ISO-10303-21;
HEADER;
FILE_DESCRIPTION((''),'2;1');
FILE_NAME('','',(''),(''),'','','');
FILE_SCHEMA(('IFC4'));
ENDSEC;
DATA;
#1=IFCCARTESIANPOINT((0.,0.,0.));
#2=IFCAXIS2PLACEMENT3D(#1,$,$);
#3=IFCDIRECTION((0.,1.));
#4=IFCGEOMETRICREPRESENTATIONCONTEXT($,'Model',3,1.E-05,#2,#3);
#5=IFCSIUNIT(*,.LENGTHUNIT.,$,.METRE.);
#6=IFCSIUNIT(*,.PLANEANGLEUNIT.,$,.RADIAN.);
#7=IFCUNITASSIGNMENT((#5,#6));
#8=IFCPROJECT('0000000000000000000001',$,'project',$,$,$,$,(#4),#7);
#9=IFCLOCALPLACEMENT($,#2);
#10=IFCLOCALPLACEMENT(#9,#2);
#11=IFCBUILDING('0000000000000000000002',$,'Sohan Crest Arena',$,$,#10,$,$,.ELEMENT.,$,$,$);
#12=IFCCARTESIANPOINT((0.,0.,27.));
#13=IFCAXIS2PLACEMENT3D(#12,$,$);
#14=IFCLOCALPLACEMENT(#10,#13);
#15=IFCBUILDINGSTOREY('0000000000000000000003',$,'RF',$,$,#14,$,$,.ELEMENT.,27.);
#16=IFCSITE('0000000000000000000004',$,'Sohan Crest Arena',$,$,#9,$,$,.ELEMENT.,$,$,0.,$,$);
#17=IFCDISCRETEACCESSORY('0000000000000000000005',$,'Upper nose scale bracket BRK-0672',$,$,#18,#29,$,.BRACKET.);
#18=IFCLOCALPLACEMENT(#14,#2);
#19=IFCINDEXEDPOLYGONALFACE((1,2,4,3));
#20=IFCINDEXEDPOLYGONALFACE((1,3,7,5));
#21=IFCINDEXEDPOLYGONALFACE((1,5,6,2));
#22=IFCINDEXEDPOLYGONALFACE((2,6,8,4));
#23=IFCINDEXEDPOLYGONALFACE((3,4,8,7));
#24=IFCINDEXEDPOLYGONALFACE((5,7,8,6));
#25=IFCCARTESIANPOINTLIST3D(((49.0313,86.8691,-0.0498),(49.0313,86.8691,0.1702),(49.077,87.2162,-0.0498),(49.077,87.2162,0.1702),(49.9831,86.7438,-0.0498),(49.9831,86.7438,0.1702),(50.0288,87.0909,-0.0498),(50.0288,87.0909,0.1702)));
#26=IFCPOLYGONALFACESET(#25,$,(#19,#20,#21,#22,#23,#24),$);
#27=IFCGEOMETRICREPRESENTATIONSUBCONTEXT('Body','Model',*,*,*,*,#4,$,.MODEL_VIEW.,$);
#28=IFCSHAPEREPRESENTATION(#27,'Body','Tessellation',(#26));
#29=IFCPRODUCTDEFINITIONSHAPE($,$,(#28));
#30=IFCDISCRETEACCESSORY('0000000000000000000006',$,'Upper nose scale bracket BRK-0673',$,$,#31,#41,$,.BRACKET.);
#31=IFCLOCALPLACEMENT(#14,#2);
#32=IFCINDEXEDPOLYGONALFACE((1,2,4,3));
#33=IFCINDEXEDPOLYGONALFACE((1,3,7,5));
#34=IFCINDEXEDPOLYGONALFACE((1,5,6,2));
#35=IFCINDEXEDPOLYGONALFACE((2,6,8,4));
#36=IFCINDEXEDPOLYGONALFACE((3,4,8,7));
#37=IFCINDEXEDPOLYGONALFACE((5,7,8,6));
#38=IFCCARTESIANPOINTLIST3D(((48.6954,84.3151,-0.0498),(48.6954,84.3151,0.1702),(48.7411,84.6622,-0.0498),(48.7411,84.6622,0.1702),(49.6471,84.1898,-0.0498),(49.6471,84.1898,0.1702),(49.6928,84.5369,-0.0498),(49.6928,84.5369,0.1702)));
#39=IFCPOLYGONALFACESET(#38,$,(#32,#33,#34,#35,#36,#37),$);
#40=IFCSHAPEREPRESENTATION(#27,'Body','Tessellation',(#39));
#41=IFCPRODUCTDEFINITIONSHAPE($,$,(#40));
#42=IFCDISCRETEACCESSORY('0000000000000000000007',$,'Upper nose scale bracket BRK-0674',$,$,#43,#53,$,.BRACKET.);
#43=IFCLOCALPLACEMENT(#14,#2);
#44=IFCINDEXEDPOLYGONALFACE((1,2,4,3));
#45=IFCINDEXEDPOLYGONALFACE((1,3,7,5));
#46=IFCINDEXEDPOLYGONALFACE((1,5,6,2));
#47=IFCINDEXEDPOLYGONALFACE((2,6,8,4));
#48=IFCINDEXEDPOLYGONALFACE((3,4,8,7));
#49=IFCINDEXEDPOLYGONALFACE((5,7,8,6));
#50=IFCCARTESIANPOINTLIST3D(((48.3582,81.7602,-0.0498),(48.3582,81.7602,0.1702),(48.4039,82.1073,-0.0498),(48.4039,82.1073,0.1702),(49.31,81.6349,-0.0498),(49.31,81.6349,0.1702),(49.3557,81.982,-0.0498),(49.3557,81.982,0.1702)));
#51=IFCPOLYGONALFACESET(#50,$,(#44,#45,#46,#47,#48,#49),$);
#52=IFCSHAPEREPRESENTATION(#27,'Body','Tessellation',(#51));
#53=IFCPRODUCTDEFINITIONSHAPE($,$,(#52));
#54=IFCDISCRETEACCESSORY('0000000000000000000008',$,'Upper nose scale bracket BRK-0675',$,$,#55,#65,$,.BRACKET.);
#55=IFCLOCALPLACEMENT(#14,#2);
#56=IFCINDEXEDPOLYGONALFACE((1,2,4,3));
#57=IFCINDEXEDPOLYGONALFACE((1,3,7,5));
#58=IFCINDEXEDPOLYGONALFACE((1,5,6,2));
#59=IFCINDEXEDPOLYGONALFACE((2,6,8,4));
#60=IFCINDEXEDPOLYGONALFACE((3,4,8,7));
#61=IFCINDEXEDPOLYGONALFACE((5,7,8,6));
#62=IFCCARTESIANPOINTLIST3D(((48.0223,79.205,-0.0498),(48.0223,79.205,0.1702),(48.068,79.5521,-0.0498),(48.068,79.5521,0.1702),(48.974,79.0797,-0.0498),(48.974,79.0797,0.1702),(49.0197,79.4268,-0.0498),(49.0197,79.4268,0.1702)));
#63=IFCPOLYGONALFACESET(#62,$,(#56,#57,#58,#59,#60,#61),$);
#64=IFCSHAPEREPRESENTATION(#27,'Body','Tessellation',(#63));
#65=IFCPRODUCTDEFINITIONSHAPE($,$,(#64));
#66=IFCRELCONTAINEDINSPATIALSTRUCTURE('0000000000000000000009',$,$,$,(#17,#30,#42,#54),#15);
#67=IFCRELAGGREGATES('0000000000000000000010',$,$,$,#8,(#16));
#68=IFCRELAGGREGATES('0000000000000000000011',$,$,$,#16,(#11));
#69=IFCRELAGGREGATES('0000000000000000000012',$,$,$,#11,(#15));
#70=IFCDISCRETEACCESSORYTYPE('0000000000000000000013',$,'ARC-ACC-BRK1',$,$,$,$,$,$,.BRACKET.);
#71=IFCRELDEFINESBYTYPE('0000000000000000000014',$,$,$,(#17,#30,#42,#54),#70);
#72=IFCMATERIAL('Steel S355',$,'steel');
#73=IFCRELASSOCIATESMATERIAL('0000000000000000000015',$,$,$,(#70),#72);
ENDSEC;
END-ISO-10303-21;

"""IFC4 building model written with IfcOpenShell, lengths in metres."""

from ifc_helpers import new_model, si_unit, direction, frame, origin, origin_2d, place, context, subcontext, project, spatial, rectangle, extrude, material, type_object, element, save


model = new_model("IFC4")

# Units and contexts
model_context = context("Model", 3, precision=1e-05, world=origin(), true_north=direction((0.0, 1.0)))
body_context = subcontext(model_context, "Body", "Model", "MODEL_VIEW")
ifc_project = project(units=[si_unit("LENGTHUNIT", "METRE"), si_unit("PLANEANGLEUNIT", "RADIAN")], contexts=[model_context])

# Site, building, storey
site_placement = place(None, origin())
site = spatial("IfcSite", under=ifc_project, at=site_placement, Name="Sohan Crest Arena", CompositionType="ELEMENT", RefElevation=0.0)
building_placement = place(site_placement, origin())
building = spatial("IfcBuilding", under=site, at=building_placement, Name="Sohan Crest Arena", CompositionType="ELEMENT")
storey_placement = place(building_placement, frame((0.0, 0.0, 27.0)))
storey = spatial("IfcBuildingStorey", under=building, at=storey_placement, Name="RF", CompositionType="ELEMENT", Elevation=27.0)

# Shared definitions
ifc_material_1 = material(Name="Steel S355", Category="steel")

# Discrete accessories
discrete_accessory_type = type_object("IfcDiscreteAccessoryType", Name="ARC-ACC-BRK1", PredefinedType="BRACKET", material=ifc_material_1)
for number, where, z_axis, x_axis, name in (
    (1, (49.53, 86.98, -0.0498), (0.0, 0.0, 1.0), (-0.130526, -0.991445, 0.0), "Upper nose scale bracket BRK-0672"),
    (2, (49.1941, 84.426, -0.0498), (0.0, 0.0, 1.0), (-0.130526, -0.991445, 0.0), "Upper nose scale bracket BRK-0673"),
    (3, (48.8569, 81.8711, -0.0498), (0.0, 0.0, 1.0), (-0.130526, -0.991445, 0.0), "Upper nose scale bracket BRK-0674"),
    (4, (48.521, 79.3159, -0.0498), (0.0, 0.0, 1.0), (-0.130526, -0.991445, 0.0), "Upper nose scale bracket BRK-0675"),
):
    element("IfcDiscreteAccessory", number, at=place(storey_placement, frame(where, z_axis=z_axis, x_axis=x_axis)), inside=storey, type_object=discrete_accessory_type, Name=name, PredefinedType="BRACKET", context=body_context, shape_type="SweptSolid", body=[
        extrude(rectangle(XDim=0.3501, YDim=0.96, at=origin_2d()), origin(), (0.0, 0.0, 1.0), 0.22),
    ])

save(model, "model.ifc")
